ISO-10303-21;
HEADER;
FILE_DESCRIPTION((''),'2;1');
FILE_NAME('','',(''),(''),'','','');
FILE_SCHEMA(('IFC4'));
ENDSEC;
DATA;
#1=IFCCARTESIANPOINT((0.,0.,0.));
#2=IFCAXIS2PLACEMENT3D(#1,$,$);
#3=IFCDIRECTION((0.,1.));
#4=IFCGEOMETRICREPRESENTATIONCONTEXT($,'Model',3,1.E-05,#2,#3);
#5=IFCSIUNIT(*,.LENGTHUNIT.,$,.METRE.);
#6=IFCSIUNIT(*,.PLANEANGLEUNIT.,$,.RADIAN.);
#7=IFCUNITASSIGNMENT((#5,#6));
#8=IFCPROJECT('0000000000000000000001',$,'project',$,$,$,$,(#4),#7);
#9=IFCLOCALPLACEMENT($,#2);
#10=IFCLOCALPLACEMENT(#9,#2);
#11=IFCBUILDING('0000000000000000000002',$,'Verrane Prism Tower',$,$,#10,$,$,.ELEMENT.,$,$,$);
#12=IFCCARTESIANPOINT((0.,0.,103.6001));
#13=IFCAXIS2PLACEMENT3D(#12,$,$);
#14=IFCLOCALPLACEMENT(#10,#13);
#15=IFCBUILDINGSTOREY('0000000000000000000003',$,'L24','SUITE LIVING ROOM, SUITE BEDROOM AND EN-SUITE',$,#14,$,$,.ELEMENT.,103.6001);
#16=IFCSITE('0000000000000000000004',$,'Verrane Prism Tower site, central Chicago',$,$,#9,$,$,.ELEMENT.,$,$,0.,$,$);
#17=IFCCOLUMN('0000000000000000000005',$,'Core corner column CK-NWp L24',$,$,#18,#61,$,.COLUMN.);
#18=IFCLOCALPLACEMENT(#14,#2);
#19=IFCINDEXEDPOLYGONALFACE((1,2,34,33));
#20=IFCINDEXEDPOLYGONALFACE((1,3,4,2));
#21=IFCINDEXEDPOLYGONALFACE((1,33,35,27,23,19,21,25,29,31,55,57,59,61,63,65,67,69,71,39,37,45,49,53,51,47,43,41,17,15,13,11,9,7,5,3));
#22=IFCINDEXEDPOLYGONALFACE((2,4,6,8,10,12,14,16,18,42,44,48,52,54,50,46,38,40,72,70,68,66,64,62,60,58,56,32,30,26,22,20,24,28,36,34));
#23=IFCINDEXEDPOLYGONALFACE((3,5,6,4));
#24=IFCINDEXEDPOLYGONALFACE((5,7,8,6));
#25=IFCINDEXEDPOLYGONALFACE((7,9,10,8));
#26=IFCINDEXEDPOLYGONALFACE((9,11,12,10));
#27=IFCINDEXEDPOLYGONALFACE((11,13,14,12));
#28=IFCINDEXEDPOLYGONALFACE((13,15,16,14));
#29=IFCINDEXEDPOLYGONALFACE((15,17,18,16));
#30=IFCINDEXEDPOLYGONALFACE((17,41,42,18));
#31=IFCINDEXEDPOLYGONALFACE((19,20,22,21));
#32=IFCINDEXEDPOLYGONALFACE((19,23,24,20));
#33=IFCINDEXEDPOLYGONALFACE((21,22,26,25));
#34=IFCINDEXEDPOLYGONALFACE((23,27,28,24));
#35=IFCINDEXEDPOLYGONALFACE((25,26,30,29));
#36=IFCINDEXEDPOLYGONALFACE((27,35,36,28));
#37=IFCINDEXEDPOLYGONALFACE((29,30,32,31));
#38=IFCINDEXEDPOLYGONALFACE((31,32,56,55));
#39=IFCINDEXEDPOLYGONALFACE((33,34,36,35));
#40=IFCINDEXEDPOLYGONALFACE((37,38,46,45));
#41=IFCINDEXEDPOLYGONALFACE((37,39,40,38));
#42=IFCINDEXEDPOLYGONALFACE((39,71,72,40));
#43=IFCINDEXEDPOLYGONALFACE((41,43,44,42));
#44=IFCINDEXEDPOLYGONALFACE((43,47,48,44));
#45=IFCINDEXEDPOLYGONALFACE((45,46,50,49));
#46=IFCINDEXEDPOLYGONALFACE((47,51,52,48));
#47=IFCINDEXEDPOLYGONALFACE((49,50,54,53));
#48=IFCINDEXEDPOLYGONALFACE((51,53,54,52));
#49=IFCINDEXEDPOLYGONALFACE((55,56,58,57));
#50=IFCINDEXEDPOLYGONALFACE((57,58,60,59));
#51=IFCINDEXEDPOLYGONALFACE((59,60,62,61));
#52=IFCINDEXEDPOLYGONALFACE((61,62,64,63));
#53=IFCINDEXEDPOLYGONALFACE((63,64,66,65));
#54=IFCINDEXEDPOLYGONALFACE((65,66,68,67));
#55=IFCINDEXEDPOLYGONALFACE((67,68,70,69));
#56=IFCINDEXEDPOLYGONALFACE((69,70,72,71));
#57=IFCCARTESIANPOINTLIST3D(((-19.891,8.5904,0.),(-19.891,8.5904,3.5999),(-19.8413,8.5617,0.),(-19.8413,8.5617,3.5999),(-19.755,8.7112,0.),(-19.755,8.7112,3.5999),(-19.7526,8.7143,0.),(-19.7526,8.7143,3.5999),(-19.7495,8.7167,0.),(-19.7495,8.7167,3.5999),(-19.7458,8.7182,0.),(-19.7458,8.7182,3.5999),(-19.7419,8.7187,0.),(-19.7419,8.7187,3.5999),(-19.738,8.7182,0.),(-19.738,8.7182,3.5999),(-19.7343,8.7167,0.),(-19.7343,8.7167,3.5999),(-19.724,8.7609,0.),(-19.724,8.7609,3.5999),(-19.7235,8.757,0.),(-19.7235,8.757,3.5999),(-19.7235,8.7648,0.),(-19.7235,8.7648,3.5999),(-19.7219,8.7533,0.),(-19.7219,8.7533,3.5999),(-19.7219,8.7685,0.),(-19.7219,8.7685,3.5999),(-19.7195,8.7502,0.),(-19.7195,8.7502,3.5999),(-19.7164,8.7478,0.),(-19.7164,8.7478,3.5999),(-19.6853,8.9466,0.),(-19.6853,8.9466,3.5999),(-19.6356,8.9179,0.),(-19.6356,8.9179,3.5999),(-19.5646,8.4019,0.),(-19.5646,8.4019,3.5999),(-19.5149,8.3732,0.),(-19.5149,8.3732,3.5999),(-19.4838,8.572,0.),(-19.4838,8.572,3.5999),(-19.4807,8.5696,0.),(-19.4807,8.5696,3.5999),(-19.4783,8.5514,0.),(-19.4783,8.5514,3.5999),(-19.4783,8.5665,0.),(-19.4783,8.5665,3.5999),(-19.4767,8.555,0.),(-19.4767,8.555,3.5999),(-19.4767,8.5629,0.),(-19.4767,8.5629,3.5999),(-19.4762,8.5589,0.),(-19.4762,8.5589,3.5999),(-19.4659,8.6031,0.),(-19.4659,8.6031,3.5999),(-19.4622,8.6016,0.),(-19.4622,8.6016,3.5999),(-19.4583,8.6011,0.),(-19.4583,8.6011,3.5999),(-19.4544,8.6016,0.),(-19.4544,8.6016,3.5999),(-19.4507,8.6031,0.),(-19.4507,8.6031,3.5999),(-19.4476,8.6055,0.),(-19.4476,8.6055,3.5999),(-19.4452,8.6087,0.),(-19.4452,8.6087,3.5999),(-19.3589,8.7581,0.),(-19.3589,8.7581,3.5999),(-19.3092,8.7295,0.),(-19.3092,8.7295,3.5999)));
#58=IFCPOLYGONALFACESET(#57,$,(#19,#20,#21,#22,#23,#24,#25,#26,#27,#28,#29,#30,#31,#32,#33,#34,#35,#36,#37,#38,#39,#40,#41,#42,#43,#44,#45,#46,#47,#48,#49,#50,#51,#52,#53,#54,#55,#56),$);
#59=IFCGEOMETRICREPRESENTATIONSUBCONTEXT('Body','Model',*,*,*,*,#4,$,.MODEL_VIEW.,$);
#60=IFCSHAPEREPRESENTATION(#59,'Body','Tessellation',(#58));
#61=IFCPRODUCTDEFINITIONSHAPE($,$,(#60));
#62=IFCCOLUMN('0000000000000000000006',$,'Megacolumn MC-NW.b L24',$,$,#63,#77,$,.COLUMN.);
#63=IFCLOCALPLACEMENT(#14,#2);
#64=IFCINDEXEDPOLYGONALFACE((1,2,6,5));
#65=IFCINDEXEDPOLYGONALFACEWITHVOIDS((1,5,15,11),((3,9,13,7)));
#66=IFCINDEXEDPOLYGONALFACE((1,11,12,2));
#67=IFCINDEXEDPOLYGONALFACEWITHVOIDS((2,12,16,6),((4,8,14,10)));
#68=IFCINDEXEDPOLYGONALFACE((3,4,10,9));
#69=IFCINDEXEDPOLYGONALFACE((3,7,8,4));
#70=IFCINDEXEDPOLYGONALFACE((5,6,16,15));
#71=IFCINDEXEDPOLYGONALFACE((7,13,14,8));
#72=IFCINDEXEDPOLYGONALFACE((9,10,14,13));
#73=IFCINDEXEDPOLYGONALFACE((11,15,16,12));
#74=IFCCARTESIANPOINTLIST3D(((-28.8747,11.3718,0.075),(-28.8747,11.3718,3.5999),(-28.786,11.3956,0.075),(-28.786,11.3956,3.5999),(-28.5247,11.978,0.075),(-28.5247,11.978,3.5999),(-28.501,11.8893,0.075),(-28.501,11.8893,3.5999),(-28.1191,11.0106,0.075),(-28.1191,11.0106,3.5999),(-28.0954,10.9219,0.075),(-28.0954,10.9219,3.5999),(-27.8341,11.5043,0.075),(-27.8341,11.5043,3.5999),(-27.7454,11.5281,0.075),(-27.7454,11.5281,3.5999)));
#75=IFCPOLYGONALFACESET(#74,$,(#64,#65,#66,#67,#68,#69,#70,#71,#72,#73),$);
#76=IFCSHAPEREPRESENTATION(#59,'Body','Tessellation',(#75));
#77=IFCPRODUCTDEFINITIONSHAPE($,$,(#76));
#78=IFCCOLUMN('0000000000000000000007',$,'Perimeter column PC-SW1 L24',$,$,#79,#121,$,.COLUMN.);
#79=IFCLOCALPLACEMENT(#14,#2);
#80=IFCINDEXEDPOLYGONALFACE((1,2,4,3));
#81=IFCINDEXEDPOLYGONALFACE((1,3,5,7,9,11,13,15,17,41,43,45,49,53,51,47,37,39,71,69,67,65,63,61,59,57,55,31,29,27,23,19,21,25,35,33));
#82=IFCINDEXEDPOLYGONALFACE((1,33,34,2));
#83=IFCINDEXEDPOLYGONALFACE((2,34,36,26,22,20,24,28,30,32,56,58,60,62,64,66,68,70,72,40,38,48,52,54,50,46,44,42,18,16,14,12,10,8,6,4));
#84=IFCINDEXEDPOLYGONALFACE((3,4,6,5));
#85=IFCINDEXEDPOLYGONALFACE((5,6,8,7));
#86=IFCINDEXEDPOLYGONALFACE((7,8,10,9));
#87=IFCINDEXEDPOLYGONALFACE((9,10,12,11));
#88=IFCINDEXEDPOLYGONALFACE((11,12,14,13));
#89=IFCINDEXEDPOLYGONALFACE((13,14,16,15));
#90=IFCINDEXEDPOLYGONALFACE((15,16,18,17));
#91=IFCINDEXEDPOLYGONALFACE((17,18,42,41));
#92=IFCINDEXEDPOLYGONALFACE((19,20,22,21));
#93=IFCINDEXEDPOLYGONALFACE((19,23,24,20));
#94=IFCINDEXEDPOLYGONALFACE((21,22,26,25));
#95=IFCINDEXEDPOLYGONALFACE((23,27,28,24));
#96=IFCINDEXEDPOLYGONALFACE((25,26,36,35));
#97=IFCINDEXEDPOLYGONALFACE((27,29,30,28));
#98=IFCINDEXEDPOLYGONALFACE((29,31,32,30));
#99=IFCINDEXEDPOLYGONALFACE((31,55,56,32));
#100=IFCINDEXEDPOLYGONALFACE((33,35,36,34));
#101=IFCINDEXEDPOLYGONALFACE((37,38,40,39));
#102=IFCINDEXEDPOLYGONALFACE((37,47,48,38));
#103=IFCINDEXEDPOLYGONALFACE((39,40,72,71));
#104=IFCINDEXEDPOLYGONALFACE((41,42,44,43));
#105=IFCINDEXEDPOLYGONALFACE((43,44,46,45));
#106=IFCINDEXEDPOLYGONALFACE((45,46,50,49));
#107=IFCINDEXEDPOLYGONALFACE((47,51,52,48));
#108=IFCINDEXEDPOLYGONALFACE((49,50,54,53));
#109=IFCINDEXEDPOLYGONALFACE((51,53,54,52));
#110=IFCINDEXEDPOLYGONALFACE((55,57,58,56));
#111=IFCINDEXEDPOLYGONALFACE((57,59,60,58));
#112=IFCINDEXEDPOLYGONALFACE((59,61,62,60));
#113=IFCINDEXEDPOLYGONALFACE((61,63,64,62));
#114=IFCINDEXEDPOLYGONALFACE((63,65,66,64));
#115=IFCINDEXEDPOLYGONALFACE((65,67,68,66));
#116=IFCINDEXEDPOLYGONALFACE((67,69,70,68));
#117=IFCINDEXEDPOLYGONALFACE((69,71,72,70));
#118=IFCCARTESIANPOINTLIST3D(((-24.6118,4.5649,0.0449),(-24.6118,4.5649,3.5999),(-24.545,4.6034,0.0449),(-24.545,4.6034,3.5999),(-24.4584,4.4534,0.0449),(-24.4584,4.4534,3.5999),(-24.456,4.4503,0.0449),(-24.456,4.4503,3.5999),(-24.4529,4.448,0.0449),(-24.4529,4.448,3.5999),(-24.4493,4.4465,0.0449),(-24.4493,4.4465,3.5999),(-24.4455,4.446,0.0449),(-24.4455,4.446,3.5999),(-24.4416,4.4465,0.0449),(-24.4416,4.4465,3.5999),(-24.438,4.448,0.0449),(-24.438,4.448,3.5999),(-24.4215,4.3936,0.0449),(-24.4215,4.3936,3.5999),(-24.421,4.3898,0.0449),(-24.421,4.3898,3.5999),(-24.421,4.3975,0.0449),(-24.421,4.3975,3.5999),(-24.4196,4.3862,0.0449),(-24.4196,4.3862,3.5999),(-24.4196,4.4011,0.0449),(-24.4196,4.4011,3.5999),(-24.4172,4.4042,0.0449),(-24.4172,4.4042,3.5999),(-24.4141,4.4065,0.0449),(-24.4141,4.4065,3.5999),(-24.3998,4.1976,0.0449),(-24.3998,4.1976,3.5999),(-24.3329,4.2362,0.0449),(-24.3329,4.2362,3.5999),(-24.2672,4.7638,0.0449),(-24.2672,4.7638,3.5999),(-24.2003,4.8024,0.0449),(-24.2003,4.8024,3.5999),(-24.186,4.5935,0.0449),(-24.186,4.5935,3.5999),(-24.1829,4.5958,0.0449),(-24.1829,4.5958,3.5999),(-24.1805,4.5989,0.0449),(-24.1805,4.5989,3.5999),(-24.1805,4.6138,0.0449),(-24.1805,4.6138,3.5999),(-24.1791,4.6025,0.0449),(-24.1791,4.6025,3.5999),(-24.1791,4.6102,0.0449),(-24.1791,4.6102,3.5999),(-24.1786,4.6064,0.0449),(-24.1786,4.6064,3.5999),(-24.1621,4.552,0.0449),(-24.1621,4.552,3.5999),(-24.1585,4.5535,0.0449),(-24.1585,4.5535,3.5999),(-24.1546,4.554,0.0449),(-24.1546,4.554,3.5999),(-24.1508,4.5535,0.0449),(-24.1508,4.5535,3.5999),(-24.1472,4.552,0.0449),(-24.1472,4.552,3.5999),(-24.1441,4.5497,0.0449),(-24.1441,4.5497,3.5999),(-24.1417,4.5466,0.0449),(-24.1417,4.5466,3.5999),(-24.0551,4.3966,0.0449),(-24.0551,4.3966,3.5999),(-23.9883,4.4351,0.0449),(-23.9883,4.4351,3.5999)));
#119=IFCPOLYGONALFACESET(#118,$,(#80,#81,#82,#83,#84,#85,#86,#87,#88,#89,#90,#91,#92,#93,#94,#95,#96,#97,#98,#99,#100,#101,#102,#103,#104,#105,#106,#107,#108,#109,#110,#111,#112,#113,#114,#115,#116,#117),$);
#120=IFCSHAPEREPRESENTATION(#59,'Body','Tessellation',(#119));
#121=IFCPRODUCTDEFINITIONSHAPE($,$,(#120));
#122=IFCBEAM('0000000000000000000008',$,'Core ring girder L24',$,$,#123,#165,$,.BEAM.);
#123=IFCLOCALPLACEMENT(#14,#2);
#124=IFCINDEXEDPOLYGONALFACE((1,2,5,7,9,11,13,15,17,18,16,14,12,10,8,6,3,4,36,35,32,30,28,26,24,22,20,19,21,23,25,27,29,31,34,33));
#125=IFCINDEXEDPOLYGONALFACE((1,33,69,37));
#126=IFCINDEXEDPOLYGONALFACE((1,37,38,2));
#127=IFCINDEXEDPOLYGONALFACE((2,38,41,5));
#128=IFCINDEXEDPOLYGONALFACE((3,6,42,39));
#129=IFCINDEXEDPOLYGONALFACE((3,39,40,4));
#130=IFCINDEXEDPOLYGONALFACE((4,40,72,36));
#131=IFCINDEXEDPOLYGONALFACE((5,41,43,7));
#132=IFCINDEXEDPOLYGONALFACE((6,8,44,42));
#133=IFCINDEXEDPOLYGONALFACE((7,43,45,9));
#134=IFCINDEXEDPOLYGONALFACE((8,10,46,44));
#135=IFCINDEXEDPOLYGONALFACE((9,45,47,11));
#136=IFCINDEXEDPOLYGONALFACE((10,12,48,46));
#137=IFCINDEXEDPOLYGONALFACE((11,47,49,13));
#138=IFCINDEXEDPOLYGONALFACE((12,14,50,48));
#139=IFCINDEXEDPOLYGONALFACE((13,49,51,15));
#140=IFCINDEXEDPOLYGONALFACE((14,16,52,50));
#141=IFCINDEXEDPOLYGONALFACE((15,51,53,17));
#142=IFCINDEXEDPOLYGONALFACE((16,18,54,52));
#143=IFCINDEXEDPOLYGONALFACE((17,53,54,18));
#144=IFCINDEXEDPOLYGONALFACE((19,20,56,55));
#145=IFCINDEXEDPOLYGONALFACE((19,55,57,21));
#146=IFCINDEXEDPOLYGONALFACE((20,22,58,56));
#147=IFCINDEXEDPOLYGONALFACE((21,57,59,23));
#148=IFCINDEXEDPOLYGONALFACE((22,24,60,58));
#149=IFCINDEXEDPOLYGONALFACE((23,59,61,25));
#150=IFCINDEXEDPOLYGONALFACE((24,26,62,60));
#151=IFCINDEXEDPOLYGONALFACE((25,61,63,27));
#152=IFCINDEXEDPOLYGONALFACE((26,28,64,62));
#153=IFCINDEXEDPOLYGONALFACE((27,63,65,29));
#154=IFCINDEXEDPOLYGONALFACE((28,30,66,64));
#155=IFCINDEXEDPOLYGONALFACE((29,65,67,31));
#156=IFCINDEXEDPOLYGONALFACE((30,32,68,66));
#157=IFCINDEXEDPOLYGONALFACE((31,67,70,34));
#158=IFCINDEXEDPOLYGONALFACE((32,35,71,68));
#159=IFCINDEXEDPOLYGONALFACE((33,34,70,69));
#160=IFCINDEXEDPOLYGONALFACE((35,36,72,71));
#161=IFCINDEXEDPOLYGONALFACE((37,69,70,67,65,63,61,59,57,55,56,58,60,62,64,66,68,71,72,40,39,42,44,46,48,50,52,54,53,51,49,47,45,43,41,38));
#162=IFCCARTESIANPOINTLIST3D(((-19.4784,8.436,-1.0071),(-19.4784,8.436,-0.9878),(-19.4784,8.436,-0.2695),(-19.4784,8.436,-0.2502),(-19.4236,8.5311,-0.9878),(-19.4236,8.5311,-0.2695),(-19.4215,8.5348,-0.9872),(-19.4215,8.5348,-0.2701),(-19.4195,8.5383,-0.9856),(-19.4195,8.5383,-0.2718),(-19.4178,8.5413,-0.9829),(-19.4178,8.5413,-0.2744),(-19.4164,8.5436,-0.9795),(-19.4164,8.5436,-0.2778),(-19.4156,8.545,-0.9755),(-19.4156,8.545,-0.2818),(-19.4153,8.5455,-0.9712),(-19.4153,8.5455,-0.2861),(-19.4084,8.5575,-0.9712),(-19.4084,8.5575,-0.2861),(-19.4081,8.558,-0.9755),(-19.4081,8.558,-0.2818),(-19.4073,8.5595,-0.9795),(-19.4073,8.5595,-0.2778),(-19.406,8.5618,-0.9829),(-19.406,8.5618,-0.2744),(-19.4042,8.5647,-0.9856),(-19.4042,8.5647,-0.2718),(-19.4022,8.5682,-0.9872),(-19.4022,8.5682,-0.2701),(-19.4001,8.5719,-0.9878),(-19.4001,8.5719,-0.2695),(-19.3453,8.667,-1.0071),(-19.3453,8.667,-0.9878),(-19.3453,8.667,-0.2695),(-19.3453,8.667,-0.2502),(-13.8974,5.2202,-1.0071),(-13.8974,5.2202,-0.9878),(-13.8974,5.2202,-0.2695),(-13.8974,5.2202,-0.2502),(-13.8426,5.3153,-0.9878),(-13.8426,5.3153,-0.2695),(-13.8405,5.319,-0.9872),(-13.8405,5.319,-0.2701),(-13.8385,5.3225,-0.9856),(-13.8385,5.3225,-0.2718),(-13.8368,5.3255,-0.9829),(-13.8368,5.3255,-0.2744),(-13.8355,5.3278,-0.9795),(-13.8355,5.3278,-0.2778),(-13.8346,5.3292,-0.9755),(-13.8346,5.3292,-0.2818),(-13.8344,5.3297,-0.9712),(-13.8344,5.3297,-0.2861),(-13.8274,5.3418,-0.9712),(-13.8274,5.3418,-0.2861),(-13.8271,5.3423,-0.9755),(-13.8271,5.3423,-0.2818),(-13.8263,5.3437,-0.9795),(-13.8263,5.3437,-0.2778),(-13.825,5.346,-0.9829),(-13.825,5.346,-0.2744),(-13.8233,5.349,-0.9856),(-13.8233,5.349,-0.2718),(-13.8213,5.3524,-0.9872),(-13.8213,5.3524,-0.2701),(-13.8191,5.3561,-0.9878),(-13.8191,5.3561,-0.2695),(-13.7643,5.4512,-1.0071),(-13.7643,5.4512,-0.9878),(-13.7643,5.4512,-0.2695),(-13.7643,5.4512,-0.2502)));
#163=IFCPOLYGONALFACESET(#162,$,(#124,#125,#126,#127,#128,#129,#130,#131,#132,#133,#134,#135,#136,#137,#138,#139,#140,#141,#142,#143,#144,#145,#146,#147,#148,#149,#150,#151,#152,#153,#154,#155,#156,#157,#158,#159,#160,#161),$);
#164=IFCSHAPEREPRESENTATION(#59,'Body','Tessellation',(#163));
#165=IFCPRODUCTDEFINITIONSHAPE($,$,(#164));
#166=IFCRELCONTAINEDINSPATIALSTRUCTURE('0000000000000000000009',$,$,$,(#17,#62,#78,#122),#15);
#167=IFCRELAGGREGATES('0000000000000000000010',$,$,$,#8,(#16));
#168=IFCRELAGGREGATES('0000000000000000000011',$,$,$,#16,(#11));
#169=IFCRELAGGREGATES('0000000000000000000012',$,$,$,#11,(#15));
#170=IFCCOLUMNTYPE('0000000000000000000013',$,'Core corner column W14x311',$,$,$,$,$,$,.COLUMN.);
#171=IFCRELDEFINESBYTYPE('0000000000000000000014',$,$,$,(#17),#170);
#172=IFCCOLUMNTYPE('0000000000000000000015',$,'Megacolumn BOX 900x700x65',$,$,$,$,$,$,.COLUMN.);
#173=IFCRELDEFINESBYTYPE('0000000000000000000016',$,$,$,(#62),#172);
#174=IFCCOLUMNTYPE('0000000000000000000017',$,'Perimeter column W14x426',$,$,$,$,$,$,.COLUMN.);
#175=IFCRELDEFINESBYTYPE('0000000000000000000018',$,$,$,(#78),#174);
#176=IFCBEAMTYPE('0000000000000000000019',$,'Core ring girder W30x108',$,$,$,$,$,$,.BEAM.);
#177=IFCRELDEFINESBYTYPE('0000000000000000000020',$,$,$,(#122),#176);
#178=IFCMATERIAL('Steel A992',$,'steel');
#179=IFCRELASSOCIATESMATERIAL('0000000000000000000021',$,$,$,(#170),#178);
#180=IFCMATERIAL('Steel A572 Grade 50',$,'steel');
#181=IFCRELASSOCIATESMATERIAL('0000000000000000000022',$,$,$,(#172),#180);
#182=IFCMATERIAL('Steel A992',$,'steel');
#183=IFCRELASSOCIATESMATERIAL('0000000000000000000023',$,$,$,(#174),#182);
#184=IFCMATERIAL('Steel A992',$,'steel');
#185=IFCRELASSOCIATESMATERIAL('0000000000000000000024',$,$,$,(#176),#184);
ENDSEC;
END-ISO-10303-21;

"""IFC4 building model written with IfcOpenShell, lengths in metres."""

from ifc_helpers import new_model, si_unit, direction, frame, origin, origin_2d, place, context, subcontext, project, spatial, hollow_rectangle, i_section, extrude, material, material_profile, profile_set, type_object, element, save


model = new_model("IFC4")

# Units and contexts
model_context = context("Model", 3, precision=1e-05, world=origin(), true_north=direction((0.0, 1.0)))
body_context = subcontext(model_context, "Body", "Model", "MODEL_VIEW")
ifc_project = project(units=[si_unit("LENGTHUNIT", "METRE"), si_unit("PLANEANGLEUNIT", "RADIAN")], contexts=[model_context])

# Site, building, storey
site_placement = place(None, origin())
site = spatial("IfcSite", under=ifc_project, at=site_placement, Name="Verrane Prism Tower site, central Chicago", CompositionType="ELEMENT", RefElevation=0.0)
building_placement = place(site_placement, origin())
building = spatial("IfcBuilding", under=site, at=building_placement, Name="Verrane Prism Tower", CompositionType="ELEMENT")
storey_placement = place(building_placement, frame((0.0, 0.0, 103.6001)))
storey = spatial("IfcBuildingStorey", under=building, at=storey_placement, Name="L24", Description="SUITE LIVING ROOM, SUITE BEDROOM AND EN-SUITE", CompositionType="ELEMENT", Elevation=103.6001)

# Columns
ifc_material_1 = material(Name="Steel A992", Category="steel")
ifc_material_profile_1 = material_profile(ifc_material_1, i_section(OverallWidth=0.4114, OverallDepth=0.4343, WebThickness=0.0359, FlangeThickness=0.0574, FilletRadius=0.0151, at=origin_2d()), Name="W14x311")
ifc_profile_set_1 = profile_set([ifc_material_profile_1], Name="Steel A992")
column_type_1 = type_object("IfcColumnType", Name="Core corner column W14x311", PredefinedType="COLUMN", material=ifc_profile_set_1)
column_1_placement = place(storey_placement, frame((-19.6001, 8.6599, 0.0), z_axis=(0.0, 0.0, 1.0), x_axis=(0.5, 0.866025, 0.0)))
element("IfcColumn", 1, at=column_1_placement, inside=storey, type_object=column_type_1, Name="Core corner column CK-NWp L24", PredefinedType="COLUMN", context=body_context, shape_type="SweptSolid", body=[
    extrude(i_section(OverallWidth=0.4114, OverallDepth=0.4343, WebThickness=0.0359, FlangeThickness=0.0574, FilletRadius=0.0151, at=origin_2d()), origin(), (0.0, 0.0, 1.0), 3.5999),
])
ifc_material_2 = material(Name="Steel A572 Grade 50", Category="steel")
ifc_material_profile_2 = material_profile(ifc_material_2, hollow_rectangle(XDim=0.7, YDim=0.8999, WallThickness=0.0649, at=origin_2d()), Name="BOX 900x700x65")
ifc_profile_set_2 = profile_set([ifc_material_profile_2], Name="Steel A572 Grade 50")
column_type_2 = type_object("IfcColumnType", Name="Megacolumn BOX 900x700x65", PredefinedType="COLUMN", material=ifc_profile_set_2)
column_2_placement = place(storey_placement, frame((-28.3101, 11.45, 0.075), z_axis=(0.0, 0.0, 1.0), x_axis=(0.5, 0.866025, 0.0)))
element("IfcColumn", 2, at=column_2_placement, inside=storey, type_object=column_type_2, Name="Megacolumn MC-NW.b L24", PredefinedType="COLUMN", context=body_context, shape_type="SweptSolid", body=[
    extrude(hollow_rectangle(XDim=0.7, YDim=0.8999, WallThickness=0.0649, at=origin_2d()), origin(), (0.0, 0.0, 1.0), 3.5249),
])
ifc_material_3 = material(Name="Steel A992", Category="steel")
ifc_material_profile_3 = material_profile(ifc_material_3, i_section(OverallWidth=0.4241, OverallDepth=0.4751, WebThickness=0.0479, FlangeThickness=0.0771, FilletRadius=0.0149, at=origin_2d()), Name="W14x426")
ifc_profile_set_3 = profile_set([ifc_material_profile_3], Name="Steel A992")
column_type_3 = type_object("IfcColumnType", Name="Perimeter column W14x426", PredefinedType="COLUMN", material=ifc_profile_set_3)
column_3_placement = place(storey_placement, frame((-24.3, 4.5, 0.0449), z_axis=(0.0, 0.0, 1.0), x_axis=(-0.5, 0.866025, 0.0)))
element("IfcColumn", 3, at=column_3_placement, inside=storey, type_object=column_type_3, Name="Perimeter column PC-SW1 L24", PredefinedType="COLUMN", context=body_context, shape_type="SweptSolid", body=[
    extrude(i_section(OverallWidth=0.4241, OverallDepth=0.4751, WebThickness=0.0479, FlangeThickness=0.0771, FilletRadius=0.0149, at=origin_2d()), origin(), (0.0, 0.0, 1.0), 3.5549),
])

# Beam
ifc_material_4 = material(Name="Steel A992", Category="steel")
ifc_material_profile_4 = material_profile(ifc_material_4, i_section(OverallWidth=0.2666, OverallDepth=0.7568, WebThickness=0.0139, FlangeThickness=0.0193, FilletRadius=0.0166, at=origin_2d()), Name="W30x108")
ifc_profile_set_4 = profile_set([ifc_material_profile_4], Name="Steel A992")
beam_type_1 = type_object("IfcBeamType", Name="Core ring girder W30x108", PredefinedType="BEAM", material=ifc_profile_set_4)
beam_1_placement = place(storey_placement, frame((-19.4119, 8.5515, -0.6287), z_axis=(0.866456, -0.499254, 0.0), x_axis=(0.499254, 0.866456, 0.0)))
element("IfcBeam", 4, at=beam_1_placement, inside=storey, type_object=beam_type_1, Name="Core ring girder L24", PredefinedType="BEAM", context=body_context, shape_type="SweptSolid", body=[
    extrude(i_section(OverallWidth=0.2666, OverallDepth=0.7568, WebThickness=0.0139, FlangeThickness=0.0193, FilletRadius=0.0166, at=origin_2d()), origin(), (0.0, 0.0, 1.0), 6.4412),
])

save(model, "model.ifc")
